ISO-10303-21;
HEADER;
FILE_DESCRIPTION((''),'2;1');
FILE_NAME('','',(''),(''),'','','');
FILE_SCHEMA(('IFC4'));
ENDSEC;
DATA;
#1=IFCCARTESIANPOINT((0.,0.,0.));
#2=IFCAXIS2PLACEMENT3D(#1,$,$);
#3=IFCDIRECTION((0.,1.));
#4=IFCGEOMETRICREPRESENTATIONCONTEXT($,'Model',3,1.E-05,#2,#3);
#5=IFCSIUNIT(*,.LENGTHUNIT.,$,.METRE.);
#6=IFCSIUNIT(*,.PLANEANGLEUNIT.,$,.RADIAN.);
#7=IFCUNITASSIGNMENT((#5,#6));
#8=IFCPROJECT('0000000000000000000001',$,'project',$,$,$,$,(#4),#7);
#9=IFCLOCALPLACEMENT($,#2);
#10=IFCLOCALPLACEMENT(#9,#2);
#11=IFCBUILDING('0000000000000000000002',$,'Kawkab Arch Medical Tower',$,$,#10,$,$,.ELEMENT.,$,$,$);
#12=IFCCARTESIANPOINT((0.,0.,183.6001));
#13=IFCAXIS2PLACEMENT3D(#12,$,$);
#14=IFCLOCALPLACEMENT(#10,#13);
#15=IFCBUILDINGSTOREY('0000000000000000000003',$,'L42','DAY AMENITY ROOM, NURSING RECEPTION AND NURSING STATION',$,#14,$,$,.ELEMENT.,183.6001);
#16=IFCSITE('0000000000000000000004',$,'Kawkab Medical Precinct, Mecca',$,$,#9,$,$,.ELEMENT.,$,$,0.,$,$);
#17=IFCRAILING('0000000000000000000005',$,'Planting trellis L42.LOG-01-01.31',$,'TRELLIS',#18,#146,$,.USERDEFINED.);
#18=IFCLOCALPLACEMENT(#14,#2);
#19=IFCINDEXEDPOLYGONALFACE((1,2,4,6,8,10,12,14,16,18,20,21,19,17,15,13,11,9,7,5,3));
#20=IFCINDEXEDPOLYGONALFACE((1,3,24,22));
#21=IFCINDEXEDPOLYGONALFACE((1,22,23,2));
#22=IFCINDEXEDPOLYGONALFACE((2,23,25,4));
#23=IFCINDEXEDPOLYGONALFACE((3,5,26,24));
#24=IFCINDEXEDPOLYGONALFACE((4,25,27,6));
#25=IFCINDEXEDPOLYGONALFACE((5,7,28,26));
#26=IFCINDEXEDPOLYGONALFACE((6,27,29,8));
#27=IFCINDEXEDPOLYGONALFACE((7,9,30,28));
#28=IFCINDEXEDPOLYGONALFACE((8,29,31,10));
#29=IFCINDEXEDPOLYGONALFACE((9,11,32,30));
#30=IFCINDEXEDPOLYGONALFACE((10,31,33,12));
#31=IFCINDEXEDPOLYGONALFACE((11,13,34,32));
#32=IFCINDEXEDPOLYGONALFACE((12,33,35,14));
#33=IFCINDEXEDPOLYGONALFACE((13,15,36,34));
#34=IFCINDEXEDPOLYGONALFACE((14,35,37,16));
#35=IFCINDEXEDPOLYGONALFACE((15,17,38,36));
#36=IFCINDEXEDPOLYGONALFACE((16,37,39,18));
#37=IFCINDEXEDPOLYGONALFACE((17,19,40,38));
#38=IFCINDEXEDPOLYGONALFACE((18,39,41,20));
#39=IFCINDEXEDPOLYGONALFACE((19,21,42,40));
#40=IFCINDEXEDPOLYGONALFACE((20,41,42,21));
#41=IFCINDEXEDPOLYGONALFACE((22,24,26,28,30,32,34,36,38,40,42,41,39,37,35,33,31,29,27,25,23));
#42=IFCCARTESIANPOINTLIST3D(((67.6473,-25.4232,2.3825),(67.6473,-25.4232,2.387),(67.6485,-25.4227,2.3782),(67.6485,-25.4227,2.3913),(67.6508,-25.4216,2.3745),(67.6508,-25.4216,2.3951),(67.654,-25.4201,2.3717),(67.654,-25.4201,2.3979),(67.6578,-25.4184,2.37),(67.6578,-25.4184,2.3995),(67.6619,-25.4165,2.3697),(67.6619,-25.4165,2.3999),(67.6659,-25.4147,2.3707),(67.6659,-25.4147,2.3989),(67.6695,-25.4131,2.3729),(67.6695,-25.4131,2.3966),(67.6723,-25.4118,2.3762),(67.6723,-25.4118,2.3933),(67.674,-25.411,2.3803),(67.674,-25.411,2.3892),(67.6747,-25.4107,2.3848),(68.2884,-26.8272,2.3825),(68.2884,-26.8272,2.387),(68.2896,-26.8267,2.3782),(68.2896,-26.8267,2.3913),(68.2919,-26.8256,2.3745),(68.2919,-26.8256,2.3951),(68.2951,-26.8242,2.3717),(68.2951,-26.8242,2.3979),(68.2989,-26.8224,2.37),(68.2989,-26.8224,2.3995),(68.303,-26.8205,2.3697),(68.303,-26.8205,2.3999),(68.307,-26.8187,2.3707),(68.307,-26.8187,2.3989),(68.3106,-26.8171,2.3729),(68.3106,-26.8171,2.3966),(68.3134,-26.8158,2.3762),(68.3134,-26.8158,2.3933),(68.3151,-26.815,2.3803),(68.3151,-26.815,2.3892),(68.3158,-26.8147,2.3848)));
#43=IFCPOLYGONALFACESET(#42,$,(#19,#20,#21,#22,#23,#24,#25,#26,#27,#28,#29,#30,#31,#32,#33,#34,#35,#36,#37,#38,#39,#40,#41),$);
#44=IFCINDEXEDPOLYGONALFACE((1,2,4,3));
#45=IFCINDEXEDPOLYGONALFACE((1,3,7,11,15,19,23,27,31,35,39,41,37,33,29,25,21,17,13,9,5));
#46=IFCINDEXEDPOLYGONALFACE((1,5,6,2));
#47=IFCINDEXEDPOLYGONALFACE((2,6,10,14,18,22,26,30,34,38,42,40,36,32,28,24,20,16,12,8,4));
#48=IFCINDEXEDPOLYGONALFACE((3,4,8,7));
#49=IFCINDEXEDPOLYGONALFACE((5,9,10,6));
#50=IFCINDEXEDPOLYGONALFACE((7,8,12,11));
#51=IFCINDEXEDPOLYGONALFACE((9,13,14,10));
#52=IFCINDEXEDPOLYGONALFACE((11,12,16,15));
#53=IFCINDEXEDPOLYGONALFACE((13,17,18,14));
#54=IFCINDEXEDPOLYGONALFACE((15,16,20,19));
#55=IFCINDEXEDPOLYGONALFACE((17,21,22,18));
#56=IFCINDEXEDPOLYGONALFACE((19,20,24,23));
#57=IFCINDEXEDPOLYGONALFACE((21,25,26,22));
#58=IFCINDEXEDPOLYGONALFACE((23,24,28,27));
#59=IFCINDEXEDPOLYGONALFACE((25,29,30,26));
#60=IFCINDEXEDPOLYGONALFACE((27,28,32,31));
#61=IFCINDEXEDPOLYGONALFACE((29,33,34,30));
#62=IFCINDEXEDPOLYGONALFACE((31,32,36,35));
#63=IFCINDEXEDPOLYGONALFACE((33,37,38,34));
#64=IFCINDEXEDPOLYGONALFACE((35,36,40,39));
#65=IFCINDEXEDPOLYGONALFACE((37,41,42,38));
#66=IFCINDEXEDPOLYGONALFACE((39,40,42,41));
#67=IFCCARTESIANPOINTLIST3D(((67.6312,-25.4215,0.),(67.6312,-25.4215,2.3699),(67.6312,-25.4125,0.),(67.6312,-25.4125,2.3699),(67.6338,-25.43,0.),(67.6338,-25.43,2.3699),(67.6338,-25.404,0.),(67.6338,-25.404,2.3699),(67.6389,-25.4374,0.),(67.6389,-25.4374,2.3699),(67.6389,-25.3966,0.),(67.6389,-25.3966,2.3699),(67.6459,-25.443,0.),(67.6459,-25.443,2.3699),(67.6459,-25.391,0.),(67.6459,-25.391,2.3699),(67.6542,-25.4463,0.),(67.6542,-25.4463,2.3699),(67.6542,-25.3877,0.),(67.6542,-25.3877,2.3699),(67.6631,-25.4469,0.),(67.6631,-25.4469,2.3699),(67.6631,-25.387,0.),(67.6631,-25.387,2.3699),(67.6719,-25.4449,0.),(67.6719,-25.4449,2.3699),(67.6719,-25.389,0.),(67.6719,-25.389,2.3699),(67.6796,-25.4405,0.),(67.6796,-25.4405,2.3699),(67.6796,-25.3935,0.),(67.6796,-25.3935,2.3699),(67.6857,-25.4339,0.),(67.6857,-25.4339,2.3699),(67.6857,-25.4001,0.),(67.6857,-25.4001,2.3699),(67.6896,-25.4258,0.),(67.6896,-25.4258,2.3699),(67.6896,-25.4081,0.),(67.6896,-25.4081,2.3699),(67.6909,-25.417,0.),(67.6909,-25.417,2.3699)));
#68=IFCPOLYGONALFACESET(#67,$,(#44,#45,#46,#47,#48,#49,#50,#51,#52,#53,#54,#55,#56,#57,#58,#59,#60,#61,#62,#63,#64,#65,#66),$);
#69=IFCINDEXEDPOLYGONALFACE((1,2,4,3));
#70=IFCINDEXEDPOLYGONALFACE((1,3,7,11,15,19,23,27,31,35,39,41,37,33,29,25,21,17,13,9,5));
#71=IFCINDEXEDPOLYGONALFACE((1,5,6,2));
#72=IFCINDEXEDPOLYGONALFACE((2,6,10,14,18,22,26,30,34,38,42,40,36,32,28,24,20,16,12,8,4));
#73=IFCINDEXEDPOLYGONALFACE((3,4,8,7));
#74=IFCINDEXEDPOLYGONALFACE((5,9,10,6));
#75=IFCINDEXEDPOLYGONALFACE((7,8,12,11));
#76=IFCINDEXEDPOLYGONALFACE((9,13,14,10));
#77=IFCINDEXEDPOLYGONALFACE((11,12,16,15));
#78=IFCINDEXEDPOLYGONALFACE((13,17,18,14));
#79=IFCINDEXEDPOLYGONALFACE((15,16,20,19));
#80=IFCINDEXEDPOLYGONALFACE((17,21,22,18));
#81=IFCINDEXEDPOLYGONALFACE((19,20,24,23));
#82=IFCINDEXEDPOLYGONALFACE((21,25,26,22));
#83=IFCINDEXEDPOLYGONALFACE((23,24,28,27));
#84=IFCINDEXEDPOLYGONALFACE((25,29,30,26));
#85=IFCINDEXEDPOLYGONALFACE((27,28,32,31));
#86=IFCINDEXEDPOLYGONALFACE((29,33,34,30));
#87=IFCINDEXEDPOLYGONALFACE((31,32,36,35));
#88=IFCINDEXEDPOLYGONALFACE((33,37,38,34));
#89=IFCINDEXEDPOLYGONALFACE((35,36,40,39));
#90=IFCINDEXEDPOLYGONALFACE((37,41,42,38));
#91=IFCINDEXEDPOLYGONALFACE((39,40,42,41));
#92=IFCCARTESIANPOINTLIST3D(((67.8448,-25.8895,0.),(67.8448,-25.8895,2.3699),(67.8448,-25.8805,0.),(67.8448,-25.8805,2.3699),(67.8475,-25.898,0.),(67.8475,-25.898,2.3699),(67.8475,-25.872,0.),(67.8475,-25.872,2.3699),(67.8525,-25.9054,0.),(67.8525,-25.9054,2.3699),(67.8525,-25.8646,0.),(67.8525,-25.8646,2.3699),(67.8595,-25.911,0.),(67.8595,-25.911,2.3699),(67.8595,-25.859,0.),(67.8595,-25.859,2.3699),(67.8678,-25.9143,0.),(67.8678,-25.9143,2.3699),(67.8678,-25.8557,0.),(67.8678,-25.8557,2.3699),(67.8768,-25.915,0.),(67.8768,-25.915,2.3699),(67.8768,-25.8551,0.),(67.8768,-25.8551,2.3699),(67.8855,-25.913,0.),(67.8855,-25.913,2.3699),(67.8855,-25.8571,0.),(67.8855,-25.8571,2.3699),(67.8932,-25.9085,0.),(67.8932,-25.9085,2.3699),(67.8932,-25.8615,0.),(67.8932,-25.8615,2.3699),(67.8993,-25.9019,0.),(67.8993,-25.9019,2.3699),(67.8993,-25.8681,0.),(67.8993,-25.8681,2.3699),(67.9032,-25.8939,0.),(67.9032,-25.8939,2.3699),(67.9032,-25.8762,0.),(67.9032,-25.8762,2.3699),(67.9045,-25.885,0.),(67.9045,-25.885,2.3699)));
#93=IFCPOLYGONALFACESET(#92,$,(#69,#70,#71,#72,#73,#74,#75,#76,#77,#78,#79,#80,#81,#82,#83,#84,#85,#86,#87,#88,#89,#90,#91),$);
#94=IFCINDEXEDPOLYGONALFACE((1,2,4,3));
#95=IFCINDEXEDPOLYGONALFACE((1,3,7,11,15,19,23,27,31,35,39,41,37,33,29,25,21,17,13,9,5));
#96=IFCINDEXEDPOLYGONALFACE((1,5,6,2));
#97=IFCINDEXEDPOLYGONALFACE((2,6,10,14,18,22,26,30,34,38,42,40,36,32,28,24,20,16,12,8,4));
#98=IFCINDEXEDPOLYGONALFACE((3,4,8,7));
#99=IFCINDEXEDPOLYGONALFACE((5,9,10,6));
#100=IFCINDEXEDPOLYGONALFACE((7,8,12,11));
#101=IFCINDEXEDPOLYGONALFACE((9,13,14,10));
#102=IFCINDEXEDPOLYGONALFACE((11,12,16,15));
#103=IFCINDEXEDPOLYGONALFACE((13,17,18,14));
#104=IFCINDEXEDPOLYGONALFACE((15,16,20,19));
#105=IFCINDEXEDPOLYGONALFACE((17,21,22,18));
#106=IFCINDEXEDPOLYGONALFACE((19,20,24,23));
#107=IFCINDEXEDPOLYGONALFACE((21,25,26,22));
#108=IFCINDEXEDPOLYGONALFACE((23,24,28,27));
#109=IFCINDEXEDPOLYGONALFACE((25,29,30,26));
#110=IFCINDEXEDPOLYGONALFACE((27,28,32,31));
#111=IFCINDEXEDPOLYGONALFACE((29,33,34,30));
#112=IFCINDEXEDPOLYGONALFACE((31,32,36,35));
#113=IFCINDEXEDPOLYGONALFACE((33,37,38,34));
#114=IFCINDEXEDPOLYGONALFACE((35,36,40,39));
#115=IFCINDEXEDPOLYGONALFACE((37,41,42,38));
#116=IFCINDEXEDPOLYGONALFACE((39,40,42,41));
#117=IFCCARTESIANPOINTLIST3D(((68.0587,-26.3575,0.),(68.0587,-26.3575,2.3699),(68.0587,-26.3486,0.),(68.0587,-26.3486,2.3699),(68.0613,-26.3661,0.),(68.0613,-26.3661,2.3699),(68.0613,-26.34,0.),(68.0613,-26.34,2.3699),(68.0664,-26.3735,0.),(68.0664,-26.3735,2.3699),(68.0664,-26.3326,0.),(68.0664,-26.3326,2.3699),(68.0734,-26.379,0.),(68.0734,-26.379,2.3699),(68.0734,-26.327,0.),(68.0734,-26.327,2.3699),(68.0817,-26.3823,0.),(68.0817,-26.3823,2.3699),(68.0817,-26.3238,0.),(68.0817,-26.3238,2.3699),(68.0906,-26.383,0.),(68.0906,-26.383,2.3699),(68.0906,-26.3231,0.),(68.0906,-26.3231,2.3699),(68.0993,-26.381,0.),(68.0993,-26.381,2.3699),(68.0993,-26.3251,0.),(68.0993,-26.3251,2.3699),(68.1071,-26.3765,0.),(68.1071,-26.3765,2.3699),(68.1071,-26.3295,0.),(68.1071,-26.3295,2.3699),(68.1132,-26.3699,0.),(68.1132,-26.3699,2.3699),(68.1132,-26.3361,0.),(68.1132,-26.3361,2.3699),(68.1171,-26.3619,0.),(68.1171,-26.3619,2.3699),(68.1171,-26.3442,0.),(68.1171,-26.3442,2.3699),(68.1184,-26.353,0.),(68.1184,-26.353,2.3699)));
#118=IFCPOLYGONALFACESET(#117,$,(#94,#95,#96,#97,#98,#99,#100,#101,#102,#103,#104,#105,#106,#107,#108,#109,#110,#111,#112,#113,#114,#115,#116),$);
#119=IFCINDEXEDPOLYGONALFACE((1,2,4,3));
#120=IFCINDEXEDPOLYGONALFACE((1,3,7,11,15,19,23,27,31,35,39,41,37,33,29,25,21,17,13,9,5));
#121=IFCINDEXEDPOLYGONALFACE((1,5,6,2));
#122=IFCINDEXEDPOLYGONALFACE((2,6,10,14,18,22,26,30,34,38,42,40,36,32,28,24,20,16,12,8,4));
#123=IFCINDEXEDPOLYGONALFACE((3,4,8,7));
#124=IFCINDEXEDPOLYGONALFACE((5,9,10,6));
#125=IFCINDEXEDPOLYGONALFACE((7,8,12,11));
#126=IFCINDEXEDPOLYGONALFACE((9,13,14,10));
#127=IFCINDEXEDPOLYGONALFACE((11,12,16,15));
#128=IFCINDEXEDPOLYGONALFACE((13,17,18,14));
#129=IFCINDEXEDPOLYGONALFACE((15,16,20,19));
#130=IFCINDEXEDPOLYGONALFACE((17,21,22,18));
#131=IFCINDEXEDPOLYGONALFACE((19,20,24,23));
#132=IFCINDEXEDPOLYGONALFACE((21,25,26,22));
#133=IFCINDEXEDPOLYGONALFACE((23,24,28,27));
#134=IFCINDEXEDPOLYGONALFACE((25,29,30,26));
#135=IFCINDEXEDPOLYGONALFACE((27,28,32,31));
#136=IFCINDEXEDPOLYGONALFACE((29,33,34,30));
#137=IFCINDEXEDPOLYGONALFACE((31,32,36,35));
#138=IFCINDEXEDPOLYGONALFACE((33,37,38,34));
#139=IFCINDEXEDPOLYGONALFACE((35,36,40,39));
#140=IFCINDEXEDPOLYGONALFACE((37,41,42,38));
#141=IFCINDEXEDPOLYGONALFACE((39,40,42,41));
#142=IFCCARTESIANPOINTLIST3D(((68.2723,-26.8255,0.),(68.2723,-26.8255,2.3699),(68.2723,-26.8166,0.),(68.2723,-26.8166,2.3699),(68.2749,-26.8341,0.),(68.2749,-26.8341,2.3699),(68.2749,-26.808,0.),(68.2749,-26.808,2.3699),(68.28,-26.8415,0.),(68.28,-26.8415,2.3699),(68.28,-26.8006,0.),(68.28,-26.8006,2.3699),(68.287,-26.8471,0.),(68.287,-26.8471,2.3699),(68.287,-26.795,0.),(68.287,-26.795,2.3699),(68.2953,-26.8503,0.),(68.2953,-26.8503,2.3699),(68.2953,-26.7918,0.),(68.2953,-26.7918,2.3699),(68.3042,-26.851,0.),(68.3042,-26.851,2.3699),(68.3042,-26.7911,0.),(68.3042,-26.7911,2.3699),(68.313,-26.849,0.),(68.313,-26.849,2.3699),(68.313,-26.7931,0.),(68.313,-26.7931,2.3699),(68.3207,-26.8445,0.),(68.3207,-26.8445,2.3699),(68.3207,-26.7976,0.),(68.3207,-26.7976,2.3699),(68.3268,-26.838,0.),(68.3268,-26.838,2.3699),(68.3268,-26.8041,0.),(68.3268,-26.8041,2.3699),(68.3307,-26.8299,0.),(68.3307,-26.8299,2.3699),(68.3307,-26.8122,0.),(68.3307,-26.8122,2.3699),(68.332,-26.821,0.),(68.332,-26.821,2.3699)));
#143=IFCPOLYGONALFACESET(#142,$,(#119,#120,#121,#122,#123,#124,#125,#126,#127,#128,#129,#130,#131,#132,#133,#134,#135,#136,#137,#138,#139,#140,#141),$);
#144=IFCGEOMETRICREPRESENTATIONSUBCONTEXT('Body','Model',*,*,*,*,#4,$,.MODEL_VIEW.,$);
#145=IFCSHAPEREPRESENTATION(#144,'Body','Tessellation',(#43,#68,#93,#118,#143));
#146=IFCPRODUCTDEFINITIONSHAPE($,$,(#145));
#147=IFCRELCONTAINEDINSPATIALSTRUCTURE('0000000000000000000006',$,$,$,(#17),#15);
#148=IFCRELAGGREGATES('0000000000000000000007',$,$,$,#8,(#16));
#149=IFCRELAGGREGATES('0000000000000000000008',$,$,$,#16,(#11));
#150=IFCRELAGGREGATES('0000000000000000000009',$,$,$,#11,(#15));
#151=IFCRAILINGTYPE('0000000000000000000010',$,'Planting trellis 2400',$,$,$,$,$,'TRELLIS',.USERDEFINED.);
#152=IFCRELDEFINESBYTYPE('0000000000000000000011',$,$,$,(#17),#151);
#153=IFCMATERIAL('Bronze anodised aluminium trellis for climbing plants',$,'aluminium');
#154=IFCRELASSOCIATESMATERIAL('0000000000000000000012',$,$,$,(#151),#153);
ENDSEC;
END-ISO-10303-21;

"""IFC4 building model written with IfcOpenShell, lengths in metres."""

from ifc_helpers import new_model, si_unit, direction, frame, origin, origin_2d, place, context, subcontext, project, spatial, circle, extrude, material, type_object, element, save


model = new_model("IFC4")

# Units and contexts
model_context = context("Model", 3, precision=1e-05, world=origin(), true_north=direction((0.0, 1.0)))
body_context = subcontext(model_context, "Body", "Model", "MODEL_VIEW")
ifc_project = project(units=[si_unit("LENGTHUNIT", "METRE"), si_unit("PLANEANGLEUNIT", "RADIAN")], contexts=[model_context])

# Site, building, storey
site_placement = place(None, origin())
site = spatial("IfcSite", under=ifc_project, at=site_placement, Name="Kawkab Medical Precinct, Mecca", CompositionType="ELEMENT", RefElevation=0.0)
building_placement = place(site_placement, origin())
building = spatial("IfcBuilding", under=site, at=building_placement, Name="Kawkab Arch Medical Tower", CompositionType="ELEMENT")
storey_placement = place(building_placement, frame((0.0, 0.0, 183.6001)))
storey = spatial("IfcBuildingStorey", under=building, at=storey_placement, Name="L42", Description="DAY AMENITY ROOM, NURSING RECEPTION AND NURSING STATION", CompositionType="ELEMENT", Elevation=183.6001)

# Railing
ifc_material_1 = material(Name="Bronze anodised aluminium trellis for climbing plants", Category="aluminium")
railing_type = type_object("IfcRailingType", Name="Planting trellis 2400", ElementType="TRELLIS", PredefinedType="USERDEFINED", material=ifc_material_1)
railing_1_placement = place(storey_placement, frame((67.6609, -25.417, 0.0)))
element("IfcRailing", 1, at=railing_1_placement, inside=storey, type_object=railing_type, Name="Planting trellis L42.LOG-01-01.31", ObjectType="TRELLIS", PredefinedType="USERDEFINED", context=body_context, shape_type="SweptSolid", body=[
    extrude(circle(Radius=0.0151, at=origin_2d()), frame((0.0, 0.0, 2.3848), z_axis=(0.415363, -0.909656, 0.0), x_axis=(0.909656, 0.415363, 0.0)), (0.0, 0.0, 1.0), 1.5435),
    extrude(circle(Radius=0.03, at=origin_2d()), origin(), (0.0, 0.0, 1.0), 2.3699),
    extrude(circle(Radius=0.03, at=origin_2d()), frame((0.2136, -0.468, 0.0)), (0.0, 0.0, 1.0), 2.3699),
    extrude(circle(Radius=0.03, at=origin_2d()), frame((0.4275, -0.936, 0.0)), (0.0, 0.0, 1.0), 2.3699),
    extrude(circle(Radius=0.03, at=origin_2d()), frame((0.6411, -1.4041, 0.0)), (0.0, 0.0, 1.0), 2.3699),
])

save(model, "model.ifc")
